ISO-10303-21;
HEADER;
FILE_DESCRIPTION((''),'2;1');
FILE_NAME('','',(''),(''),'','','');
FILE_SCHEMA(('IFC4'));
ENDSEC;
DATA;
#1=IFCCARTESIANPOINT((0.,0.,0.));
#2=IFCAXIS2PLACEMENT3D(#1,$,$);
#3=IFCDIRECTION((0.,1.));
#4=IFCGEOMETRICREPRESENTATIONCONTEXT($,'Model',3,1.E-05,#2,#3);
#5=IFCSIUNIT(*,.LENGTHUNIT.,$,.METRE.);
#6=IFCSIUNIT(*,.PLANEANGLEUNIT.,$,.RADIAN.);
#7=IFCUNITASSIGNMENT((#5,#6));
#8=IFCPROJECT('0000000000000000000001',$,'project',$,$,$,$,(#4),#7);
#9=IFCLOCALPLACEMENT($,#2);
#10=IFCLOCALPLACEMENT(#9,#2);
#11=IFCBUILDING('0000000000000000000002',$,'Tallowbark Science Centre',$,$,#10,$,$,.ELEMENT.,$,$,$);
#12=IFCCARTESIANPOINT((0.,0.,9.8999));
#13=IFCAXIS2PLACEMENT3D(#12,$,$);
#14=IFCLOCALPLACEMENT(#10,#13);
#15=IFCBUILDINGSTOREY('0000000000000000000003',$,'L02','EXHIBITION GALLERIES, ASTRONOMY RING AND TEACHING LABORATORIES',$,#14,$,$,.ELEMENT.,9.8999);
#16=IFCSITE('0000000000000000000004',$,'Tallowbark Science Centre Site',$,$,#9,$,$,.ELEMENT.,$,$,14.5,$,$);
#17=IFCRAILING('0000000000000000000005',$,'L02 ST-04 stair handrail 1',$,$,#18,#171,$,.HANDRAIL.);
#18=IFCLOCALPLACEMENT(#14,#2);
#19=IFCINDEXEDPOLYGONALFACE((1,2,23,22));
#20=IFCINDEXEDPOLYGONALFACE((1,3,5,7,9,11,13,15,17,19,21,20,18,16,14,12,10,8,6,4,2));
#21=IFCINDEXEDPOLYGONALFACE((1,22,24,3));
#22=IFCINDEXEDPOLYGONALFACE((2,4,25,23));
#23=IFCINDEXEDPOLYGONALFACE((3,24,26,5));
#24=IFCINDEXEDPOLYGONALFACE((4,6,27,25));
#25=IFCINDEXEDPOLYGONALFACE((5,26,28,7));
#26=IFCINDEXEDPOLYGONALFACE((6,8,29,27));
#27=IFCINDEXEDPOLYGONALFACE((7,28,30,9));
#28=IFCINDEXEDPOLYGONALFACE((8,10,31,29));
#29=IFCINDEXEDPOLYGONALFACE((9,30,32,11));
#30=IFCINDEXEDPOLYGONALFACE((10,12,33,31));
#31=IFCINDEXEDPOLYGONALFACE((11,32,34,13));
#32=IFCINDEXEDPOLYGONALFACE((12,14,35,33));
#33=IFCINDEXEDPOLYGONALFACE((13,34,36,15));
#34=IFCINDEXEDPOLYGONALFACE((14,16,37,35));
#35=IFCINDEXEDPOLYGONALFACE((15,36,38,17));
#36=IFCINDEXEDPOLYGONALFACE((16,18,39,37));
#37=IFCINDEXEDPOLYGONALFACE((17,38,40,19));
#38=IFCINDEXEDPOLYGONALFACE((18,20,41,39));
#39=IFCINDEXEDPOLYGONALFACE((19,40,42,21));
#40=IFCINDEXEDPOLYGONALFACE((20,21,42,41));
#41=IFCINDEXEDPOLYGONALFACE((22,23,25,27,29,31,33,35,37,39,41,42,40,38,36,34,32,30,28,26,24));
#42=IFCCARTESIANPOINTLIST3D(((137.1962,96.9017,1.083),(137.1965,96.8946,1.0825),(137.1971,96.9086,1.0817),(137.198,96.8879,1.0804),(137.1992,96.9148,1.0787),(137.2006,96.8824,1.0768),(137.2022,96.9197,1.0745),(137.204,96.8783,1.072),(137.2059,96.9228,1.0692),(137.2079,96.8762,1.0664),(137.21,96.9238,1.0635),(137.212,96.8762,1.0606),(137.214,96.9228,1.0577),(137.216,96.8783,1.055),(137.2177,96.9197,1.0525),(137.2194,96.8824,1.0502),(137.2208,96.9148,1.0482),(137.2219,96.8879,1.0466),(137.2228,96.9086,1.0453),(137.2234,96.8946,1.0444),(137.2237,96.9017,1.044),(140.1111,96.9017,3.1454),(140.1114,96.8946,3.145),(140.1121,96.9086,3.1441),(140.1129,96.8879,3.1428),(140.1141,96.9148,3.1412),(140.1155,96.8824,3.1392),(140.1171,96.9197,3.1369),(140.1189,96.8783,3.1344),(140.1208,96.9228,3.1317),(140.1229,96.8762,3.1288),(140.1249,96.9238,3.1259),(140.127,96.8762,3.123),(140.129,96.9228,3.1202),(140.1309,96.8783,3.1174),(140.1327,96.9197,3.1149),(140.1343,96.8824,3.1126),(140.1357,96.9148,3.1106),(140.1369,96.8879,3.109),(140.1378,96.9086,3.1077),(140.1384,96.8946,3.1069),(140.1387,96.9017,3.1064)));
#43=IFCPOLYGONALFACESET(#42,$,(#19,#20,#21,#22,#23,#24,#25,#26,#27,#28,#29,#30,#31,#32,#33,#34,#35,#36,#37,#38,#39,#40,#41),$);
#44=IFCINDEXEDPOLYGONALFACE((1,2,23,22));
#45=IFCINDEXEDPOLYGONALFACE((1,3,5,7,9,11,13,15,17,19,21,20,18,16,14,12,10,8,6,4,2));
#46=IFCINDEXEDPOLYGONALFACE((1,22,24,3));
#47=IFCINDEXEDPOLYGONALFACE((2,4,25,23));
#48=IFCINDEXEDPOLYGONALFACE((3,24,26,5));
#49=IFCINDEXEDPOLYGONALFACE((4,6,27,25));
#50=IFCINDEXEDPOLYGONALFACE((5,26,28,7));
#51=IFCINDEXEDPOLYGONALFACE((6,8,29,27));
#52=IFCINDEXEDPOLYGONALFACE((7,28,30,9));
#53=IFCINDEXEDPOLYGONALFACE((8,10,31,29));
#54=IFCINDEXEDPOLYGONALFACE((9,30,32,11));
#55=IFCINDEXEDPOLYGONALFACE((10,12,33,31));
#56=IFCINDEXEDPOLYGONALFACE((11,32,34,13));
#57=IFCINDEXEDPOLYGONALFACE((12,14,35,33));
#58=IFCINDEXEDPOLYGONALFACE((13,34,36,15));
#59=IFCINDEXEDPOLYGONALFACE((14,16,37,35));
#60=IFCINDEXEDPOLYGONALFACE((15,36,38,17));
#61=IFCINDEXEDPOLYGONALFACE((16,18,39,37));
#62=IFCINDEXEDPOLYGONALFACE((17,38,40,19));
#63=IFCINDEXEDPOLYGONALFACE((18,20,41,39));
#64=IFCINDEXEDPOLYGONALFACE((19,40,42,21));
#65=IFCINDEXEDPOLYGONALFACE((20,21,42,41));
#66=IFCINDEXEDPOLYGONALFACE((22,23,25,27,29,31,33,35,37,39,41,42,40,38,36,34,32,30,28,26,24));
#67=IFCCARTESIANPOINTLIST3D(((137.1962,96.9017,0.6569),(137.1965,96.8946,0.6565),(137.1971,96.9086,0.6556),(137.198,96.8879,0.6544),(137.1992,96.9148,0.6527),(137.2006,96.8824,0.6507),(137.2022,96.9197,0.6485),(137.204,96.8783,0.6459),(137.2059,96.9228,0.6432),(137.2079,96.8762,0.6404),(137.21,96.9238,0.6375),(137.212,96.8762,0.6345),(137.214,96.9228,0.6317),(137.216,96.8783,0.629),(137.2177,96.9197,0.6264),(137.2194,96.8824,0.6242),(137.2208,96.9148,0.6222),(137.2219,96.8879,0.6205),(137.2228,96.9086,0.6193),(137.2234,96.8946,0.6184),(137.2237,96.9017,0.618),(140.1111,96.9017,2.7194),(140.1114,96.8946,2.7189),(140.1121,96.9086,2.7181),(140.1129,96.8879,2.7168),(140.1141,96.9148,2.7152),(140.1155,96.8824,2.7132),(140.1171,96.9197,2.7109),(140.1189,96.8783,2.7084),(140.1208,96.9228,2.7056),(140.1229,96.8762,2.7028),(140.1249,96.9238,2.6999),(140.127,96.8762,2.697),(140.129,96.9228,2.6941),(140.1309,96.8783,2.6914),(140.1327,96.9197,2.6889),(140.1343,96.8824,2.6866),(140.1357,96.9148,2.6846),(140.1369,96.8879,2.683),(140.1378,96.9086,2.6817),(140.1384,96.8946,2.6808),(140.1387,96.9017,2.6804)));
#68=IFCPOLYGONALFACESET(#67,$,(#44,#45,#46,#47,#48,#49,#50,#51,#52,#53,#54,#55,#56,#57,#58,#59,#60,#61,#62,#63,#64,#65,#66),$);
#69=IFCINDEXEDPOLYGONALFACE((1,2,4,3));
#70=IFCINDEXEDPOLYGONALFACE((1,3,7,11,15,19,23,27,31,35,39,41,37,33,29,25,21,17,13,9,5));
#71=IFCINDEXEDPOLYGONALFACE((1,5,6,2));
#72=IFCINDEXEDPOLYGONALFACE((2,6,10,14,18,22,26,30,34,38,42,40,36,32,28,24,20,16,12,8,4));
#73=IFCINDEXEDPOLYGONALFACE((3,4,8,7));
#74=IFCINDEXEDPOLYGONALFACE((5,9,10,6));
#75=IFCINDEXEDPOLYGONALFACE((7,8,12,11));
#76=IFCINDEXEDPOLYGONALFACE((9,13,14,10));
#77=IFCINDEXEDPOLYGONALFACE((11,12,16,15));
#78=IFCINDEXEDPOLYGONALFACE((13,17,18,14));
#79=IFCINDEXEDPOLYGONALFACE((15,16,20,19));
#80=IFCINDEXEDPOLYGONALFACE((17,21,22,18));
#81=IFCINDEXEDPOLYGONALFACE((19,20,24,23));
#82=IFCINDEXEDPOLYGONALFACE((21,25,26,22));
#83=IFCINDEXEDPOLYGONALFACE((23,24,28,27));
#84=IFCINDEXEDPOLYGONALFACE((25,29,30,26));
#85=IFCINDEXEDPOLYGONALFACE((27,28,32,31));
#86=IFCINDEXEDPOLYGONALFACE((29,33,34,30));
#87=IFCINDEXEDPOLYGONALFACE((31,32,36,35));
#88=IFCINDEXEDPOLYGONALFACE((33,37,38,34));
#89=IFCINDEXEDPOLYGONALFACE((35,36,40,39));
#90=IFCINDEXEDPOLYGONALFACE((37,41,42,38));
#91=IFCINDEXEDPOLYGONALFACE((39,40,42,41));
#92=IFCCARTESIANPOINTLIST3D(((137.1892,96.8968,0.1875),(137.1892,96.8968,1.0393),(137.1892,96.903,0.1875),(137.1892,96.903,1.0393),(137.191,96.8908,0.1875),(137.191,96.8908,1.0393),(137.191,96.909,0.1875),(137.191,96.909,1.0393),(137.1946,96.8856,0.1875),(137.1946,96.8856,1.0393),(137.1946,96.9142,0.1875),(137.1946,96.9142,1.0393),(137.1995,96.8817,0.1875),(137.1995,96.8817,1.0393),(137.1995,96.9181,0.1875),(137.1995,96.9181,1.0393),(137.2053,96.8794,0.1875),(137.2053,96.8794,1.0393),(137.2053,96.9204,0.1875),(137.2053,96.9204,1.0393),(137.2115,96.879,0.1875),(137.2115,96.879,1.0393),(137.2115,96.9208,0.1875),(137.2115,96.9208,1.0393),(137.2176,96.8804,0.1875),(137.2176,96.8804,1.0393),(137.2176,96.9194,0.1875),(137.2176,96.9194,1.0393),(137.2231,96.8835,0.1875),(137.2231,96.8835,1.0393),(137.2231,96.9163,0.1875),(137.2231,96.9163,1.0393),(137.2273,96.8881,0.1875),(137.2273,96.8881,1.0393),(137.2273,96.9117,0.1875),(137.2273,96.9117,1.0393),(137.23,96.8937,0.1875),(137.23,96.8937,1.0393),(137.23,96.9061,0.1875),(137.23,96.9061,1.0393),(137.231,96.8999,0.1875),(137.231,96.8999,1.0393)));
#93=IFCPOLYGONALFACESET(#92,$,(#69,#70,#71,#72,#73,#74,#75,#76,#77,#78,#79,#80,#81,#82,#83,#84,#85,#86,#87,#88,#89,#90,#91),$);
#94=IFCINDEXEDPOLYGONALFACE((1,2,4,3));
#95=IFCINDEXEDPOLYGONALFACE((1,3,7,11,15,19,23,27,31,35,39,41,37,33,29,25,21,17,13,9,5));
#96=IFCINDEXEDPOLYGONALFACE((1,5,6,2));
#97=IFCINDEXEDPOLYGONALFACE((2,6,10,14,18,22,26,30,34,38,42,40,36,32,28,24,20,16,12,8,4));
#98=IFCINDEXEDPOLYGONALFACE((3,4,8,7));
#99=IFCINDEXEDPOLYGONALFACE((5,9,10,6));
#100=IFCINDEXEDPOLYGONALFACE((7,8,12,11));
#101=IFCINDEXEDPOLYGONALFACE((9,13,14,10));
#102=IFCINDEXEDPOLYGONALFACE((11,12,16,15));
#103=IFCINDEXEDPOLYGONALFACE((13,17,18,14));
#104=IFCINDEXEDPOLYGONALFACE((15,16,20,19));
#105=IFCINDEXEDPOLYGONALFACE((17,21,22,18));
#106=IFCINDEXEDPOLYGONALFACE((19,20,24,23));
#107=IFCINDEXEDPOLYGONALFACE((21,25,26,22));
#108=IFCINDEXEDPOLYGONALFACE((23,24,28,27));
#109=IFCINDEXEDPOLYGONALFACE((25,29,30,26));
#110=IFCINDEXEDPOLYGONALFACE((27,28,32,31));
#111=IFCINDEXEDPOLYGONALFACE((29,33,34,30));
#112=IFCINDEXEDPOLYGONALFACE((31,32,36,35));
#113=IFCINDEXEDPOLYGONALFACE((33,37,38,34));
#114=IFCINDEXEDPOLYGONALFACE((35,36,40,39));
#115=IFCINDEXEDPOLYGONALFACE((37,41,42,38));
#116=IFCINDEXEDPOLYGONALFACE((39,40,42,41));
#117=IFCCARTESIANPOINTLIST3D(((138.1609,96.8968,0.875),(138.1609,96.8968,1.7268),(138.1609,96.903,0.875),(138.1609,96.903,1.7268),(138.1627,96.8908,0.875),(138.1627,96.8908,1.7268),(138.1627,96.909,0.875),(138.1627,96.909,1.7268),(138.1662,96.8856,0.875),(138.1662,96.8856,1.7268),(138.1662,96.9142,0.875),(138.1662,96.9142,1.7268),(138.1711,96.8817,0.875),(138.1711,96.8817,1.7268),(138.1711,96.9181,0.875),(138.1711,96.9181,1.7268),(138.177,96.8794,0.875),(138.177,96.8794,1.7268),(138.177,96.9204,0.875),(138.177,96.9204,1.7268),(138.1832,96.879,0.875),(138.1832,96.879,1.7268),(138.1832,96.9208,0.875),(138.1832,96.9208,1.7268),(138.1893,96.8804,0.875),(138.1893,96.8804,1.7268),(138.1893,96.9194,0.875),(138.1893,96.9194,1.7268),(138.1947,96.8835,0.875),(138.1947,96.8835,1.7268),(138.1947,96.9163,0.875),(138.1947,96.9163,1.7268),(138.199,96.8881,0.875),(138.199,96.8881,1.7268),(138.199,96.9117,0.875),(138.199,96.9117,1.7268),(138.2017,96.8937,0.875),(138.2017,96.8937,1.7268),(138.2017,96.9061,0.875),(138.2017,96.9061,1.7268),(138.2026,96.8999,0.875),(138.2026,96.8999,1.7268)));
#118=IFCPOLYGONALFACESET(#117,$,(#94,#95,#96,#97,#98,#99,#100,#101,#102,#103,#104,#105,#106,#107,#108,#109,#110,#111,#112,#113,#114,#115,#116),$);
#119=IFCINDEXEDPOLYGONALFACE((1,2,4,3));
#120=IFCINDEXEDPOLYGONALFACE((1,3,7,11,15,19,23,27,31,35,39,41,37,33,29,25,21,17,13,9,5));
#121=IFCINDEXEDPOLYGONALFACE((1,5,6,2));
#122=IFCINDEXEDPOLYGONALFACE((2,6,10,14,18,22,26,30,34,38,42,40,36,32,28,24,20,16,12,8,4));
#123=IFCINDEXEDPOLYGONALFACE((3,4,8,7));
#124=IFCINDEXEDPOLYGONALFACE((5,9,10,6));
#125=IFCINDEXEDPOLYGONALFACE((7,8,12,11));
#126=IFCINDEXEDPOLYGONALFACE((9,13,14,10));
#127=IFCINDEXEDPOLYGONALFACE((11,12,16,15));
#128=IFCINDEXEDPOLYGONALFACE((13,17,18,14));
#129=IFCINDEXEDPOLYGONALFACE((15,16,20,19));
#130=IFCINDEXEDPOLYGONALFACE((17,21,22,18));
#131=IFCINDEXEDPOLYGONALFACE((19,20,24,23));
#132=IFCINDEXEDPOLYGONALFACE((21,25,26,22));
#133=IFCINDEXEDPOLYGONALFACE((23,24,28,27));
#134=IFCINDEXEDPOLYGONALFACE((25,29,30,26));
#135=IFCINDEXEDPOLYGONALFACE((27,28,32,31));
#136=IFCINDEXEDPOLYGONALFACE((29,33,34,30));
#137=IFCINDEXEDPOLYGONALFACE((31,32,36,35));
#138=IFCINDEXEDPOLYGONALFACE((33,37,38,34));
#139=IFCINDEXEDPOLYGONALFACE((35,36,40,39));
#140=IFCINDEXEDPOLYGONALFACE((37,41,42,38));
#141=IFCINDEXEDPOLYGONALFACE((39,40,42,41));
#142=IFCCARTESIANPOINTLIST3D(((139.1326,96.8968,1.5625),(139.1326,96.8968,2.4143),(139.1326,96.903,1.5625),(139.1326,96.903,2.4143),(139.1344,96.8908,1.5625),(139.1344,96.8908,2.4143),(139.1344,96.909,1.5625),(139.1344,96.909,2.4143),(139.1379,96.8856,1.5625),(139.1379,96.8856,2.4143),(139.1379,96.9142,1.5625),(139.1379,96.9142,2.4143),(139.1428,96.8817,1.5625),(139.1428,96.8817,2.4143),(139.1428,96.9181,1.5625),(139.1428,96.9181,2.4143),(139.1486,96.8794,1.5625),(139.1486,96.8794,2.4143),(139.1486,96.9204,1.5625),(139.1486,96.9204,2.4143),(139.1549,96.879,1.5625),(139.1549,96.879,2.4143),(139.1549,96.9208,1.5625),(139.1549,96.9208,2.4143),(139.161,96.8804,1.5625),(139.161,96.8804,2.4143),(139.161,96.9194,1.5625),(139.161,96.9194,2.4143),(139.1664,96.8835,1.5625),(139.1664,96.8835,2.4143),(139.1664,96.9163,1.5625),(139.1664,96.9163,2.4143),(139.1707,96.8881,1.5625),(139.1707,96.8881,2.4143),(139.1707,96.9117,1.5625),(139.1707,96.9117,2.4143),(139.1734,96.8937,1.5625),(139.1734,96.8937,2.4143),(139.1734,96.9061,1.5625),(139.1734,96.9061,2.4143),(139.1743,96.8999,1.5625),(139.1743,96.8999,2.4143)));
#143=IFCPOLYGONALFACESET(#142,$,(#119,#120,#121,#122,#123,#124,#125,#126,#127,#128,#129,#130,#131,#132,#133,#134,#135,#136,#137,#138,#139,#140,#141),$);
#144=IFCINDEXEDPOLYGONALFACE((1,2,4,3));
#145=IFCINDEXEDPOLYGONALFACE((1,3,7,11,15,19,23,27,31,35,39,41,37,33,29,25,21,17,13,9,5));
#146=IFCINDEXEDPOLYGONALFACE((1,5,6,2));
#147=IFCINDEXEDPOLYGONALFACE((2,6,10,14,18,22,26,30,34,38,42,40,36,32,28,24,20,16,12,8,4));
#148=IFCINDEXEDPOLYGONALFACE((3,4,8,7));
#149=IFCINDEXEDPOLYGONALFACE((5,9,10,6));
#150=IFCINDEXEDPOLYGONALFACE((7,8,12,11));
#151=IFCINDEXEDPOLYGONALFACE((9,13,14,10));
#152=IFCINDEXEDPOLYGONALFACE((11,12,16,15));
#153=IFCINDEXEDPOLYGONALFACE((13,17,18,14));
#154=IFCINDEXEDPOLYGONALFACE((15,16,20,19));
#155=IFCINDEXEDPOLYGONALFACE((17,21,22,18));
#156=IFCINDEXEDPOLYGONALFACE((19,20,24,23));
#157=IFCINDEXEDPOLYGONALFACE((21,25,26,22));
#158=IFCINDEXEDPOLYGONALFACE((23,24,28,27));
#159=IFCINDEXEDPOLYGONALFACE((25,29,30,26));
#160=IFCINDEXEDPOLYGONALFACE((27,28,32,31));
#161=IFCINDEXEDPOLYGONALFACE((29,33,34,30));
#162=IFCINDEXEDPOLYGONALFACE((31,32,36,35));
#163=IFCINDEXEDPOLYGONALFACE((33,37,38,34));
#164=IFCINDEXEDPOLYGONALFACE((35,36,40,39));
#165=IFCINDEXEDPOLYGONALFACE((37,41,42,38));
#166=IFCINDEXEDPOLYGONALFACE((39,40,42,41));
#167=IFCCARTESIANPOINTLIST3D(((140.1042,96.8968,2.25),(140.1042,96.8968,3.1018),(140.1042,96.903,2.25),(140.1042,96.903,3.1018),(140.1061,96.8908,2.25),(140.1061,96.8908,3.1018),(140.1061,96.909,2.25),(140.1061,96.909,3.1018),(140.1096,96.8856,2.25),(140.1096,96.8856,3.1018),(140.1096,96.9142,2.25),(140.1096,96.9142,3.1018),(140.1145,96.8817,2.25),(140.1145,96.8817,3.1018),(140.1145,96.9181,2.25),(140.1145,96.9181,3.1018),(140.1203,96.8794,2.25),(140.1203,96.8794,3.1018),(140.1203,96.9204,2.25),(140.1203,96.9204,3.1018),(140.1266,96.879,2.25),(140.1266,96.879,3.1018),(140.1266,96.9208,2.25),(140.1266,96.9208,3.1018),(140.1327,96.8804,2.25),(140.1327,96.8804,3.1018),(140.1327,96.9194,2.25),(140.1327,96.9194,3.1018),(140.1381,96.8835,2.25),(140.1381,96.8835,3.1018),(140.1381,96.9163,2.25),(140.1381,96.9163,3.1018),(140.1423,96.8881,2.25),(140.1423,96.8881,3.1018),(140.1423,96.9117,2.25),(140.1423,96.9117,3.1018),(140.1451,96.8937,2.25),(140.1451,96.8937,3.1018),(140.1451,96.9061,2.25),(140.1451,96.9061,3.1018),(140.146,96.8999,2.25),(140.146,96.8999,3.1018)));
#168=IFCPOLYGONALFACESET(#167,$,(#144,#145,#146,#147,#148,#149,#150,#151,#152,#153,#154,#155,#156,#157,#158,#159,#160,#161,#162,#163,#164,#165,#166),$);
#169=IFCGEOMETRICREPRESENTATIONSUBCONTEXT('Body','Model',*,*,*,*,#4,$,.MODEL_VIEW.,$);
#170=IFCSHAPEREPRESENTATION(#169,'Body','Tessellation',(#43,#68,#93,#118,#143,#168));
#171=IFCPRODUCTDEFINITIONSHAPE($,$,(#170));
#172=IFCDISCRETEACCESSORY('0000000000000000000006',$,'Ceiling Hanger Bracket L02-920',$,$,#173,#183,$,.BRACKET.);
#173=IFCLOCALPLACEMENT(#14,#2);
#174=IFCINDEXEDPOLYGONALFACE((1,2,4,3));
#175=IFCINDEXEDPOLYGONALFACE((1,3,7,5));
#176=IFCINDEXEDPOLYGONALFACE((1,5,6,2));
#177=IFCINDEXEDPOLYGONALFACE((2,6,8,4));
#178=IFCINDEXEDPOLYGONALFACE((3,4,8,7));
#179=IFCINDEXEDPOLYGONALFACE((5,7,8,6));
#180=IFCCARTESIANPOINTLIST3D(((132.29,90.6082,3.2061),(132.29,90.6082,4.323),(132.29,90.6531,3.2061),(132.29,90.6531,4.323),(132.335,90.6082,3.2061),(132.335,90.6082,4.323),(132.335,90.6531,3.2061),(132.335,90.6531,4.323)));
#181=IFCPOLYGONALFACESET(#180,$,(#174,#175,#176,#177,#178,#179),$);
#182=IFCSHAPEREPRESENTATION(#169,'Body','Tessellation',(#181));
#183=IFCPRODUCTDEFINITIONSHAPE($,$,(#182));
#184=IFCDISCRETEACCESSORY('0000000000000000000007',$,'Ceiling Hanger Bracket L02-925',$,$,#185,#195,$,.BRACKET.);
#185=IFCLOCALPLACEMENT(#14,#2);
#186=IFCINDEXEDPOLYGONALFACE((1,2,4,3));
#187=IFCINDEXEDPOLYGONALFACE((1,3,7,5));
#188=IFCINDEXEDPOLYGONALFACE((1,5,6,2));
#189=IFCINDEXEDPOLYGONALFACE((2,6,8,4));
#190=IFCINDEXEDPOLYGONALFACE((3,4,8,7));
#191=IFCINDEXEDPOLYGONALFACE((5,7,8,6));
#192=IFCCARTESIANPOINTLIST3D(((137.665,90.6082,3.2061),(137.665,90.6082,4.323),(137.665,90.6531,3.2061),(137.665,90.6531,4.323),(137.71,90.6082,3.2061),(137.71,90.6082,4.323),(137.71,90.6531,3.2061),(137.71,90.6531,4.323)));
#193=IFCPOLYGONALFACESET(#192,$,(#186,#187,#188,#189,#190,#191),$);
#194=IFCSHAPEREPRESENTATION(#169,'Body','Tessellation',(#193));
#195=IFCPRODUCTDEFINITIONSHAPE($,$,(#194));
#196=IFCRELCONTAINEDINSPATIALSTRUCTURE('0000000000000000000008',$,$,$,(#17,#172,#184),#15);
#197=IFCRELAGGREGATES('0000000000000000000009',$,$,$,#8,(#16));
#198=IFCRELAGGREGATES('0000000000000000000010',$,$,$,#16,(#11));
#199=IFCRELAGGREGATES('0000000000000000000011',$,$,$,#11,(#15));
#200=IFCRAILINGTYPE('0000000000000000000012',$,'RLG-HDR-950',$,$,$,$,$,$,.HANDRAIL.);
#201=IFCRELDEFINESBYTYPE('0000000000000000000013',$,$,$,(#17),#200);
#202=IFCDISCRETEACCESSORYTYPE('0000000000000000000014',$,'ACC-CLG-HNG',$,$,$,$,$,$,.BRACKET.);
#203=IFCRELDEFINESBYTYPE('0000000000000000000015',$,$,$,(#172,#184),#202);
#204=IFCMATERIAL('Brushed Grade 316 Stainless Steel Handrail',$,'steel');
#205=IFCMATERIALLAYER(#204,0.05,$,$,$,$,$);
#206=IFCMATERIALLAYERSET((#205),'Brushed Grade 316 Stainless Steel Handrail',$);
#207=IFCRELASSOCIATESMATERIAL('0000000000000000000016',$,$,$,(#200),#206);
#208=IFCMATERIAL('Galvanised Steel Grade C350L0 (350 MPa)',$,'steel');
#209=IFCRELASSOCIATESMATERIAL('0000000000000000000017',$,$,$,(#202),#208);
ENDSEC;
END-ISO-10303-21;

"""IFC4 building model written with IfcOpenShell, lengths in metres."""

from ifc_helpers import new_model, si_unit, direction, frame, origin, origin_2d, place, context, subcontext, project, spatial, rectangle, circle, extrude, material, layer, layer_set, type_object, element, save


model = new_model("IFC4")

# Units and contexts
model_context = context("Model", 3, precision=1e-05, world=origin(), true_north=direction((0.0, 1.0)))
body_context = subcontext(model_context, "Body", "Model", "MODEL_VIEW")
ifc_project = project(units=[si_unit("LENGTHUNIT", "METRE"), si_unit("PLANEANGLEUNIT", "RADIAN")], contexts=[model_context])

# Site, building, storey
site_placement = place(None, origin())
site = spatial("IfcSite", under=ifc_project, at=site_placement, Name="Tallowbark Science Centre Site", CompositionType="ELEMENT", RefElevation=14.5)
building_placement = place(site_placement, origin())
building = spatial("IfcBuilding", under=site, at=building_placement, Name="Tallowbark Science Centre", CompositionType="ELEMENT")
storey_placement = place(building_placement, frame((0.0, 0.0, 9.8999)))
storey = spatial("IfcBuildingStorey", under=building, at=storey_placement, Name="L02", Description="EXHIBITION GALLERIES, ASTRONOMY RING AND TEACHING LABORATORIES", CompositionType="ELEMENT", Elevation=9.8999)

# Railing
ifc_material_1 = material(Name="Brushed Grade 316 Stainless Steel Handrail", Category="steel")
ifc_layer_1 = layer(ifc_material_1, 0.05)
ifc_layer_set_1 = layer_set([ifc_layer_1], Name="Brushed Grade 316 Stainless Steel Handrail")
railing_type_1 = type_object("IfcRailingType", Name="RLG-HDR-950", PredefinedType="HANDRAIL", material=ifc_layer_set_1)
railing_1_placement = place(storey_placement, frame((137.21, 96.8999, 0.1875)))
element("IfcRailing", 1, at=railing_1_placement, inside=storey, type_object=railing_type_1, Name="L02 ST-04 stair handrail 1", PredefinedType="HANDRAIL", context=body_context, shape_type="SweptSolid", body=[
    extrude(circle(Radius=0.0239, at=origin_2d()), frame((0.0, 0.0, 0.876), z_axis=(0.816331, 0.0, 0.577585), x_axis=(0.0, 1.0, 0.0)), (0.0, 0.0, 1.0), 3.5708),
    extrude(circle(Radius=0.0239, at=origin_2d()), frame((0.0, 0.0, 0.45), z_axis=(0.816331, 0.0, 0.577585), x_axis=(0.0, 1.0, 0.0)), (0.0, 0.0, 1.0), 3.5708),
    extrude(circle(Radius=0.021, at=origin_2d()), origin(), (0.0, 0.0, 1.0), 0.8518),
    extrude(circle(Radius=0.021, at=origin_2d()), frame((0.9717, 0.0, 0.6875)), (0.0, 0.0, 1.0), 0.8518),
    extrude(circle(Radius=0.021, at=origin_2d()), frame((1.9434, 0.0, 1.375)), (0.0, 0.0, 1.0), 0.8518),
    extrude(circle(Radius=0.021, at=origin_2d()), frame((2.915, 0.0, 2.0625)), (0.0, 0.0, 1.0), 0.8518),
])

# Discrete accessories
ifc_material_2 = material(Name="Galvanised Steel Grade C350L0 (350 MPa)", Category="steel")
discrete_accessory_type = type_object("IfcDiscreteAccessoryType", Name="ACC-CLG-HNG", PredefinedType="BRACKET", material=ifc_material_2)
for number, where, z_axis, x_axis, name in (
    (2, (132.3125, 90.6306, 3.2061), (0.0, 0.0, 1.0), (1.0, 0.0, 0.0), "Ceiling Hanger Bracket L02-920"),
    (3, (137.6875, 90.6306, 3.2061), (0.0, 0.0, 1.0), (1.0, 0.0, 0.0), "Ceiling Hanger Bracket L02-925"),
):
    element("IfcDiscreteAccessory", number, at=place(storey_placement, frame(where, z_axis=z_axis, x_axis=x_axis)), inside=storey, type_object=discrete_accessory_type, Name=name, PredefinedType="BRACKET", context=body_context, shape_type="SweptSolid", body=[
        extrude(rectangle(XDim=0.0449, YDim=0.0449, at=origin_2d()), origin(), (0.0, 0.0, 1.0), 1.1169),
    ])

save(model, "model.ifc")
